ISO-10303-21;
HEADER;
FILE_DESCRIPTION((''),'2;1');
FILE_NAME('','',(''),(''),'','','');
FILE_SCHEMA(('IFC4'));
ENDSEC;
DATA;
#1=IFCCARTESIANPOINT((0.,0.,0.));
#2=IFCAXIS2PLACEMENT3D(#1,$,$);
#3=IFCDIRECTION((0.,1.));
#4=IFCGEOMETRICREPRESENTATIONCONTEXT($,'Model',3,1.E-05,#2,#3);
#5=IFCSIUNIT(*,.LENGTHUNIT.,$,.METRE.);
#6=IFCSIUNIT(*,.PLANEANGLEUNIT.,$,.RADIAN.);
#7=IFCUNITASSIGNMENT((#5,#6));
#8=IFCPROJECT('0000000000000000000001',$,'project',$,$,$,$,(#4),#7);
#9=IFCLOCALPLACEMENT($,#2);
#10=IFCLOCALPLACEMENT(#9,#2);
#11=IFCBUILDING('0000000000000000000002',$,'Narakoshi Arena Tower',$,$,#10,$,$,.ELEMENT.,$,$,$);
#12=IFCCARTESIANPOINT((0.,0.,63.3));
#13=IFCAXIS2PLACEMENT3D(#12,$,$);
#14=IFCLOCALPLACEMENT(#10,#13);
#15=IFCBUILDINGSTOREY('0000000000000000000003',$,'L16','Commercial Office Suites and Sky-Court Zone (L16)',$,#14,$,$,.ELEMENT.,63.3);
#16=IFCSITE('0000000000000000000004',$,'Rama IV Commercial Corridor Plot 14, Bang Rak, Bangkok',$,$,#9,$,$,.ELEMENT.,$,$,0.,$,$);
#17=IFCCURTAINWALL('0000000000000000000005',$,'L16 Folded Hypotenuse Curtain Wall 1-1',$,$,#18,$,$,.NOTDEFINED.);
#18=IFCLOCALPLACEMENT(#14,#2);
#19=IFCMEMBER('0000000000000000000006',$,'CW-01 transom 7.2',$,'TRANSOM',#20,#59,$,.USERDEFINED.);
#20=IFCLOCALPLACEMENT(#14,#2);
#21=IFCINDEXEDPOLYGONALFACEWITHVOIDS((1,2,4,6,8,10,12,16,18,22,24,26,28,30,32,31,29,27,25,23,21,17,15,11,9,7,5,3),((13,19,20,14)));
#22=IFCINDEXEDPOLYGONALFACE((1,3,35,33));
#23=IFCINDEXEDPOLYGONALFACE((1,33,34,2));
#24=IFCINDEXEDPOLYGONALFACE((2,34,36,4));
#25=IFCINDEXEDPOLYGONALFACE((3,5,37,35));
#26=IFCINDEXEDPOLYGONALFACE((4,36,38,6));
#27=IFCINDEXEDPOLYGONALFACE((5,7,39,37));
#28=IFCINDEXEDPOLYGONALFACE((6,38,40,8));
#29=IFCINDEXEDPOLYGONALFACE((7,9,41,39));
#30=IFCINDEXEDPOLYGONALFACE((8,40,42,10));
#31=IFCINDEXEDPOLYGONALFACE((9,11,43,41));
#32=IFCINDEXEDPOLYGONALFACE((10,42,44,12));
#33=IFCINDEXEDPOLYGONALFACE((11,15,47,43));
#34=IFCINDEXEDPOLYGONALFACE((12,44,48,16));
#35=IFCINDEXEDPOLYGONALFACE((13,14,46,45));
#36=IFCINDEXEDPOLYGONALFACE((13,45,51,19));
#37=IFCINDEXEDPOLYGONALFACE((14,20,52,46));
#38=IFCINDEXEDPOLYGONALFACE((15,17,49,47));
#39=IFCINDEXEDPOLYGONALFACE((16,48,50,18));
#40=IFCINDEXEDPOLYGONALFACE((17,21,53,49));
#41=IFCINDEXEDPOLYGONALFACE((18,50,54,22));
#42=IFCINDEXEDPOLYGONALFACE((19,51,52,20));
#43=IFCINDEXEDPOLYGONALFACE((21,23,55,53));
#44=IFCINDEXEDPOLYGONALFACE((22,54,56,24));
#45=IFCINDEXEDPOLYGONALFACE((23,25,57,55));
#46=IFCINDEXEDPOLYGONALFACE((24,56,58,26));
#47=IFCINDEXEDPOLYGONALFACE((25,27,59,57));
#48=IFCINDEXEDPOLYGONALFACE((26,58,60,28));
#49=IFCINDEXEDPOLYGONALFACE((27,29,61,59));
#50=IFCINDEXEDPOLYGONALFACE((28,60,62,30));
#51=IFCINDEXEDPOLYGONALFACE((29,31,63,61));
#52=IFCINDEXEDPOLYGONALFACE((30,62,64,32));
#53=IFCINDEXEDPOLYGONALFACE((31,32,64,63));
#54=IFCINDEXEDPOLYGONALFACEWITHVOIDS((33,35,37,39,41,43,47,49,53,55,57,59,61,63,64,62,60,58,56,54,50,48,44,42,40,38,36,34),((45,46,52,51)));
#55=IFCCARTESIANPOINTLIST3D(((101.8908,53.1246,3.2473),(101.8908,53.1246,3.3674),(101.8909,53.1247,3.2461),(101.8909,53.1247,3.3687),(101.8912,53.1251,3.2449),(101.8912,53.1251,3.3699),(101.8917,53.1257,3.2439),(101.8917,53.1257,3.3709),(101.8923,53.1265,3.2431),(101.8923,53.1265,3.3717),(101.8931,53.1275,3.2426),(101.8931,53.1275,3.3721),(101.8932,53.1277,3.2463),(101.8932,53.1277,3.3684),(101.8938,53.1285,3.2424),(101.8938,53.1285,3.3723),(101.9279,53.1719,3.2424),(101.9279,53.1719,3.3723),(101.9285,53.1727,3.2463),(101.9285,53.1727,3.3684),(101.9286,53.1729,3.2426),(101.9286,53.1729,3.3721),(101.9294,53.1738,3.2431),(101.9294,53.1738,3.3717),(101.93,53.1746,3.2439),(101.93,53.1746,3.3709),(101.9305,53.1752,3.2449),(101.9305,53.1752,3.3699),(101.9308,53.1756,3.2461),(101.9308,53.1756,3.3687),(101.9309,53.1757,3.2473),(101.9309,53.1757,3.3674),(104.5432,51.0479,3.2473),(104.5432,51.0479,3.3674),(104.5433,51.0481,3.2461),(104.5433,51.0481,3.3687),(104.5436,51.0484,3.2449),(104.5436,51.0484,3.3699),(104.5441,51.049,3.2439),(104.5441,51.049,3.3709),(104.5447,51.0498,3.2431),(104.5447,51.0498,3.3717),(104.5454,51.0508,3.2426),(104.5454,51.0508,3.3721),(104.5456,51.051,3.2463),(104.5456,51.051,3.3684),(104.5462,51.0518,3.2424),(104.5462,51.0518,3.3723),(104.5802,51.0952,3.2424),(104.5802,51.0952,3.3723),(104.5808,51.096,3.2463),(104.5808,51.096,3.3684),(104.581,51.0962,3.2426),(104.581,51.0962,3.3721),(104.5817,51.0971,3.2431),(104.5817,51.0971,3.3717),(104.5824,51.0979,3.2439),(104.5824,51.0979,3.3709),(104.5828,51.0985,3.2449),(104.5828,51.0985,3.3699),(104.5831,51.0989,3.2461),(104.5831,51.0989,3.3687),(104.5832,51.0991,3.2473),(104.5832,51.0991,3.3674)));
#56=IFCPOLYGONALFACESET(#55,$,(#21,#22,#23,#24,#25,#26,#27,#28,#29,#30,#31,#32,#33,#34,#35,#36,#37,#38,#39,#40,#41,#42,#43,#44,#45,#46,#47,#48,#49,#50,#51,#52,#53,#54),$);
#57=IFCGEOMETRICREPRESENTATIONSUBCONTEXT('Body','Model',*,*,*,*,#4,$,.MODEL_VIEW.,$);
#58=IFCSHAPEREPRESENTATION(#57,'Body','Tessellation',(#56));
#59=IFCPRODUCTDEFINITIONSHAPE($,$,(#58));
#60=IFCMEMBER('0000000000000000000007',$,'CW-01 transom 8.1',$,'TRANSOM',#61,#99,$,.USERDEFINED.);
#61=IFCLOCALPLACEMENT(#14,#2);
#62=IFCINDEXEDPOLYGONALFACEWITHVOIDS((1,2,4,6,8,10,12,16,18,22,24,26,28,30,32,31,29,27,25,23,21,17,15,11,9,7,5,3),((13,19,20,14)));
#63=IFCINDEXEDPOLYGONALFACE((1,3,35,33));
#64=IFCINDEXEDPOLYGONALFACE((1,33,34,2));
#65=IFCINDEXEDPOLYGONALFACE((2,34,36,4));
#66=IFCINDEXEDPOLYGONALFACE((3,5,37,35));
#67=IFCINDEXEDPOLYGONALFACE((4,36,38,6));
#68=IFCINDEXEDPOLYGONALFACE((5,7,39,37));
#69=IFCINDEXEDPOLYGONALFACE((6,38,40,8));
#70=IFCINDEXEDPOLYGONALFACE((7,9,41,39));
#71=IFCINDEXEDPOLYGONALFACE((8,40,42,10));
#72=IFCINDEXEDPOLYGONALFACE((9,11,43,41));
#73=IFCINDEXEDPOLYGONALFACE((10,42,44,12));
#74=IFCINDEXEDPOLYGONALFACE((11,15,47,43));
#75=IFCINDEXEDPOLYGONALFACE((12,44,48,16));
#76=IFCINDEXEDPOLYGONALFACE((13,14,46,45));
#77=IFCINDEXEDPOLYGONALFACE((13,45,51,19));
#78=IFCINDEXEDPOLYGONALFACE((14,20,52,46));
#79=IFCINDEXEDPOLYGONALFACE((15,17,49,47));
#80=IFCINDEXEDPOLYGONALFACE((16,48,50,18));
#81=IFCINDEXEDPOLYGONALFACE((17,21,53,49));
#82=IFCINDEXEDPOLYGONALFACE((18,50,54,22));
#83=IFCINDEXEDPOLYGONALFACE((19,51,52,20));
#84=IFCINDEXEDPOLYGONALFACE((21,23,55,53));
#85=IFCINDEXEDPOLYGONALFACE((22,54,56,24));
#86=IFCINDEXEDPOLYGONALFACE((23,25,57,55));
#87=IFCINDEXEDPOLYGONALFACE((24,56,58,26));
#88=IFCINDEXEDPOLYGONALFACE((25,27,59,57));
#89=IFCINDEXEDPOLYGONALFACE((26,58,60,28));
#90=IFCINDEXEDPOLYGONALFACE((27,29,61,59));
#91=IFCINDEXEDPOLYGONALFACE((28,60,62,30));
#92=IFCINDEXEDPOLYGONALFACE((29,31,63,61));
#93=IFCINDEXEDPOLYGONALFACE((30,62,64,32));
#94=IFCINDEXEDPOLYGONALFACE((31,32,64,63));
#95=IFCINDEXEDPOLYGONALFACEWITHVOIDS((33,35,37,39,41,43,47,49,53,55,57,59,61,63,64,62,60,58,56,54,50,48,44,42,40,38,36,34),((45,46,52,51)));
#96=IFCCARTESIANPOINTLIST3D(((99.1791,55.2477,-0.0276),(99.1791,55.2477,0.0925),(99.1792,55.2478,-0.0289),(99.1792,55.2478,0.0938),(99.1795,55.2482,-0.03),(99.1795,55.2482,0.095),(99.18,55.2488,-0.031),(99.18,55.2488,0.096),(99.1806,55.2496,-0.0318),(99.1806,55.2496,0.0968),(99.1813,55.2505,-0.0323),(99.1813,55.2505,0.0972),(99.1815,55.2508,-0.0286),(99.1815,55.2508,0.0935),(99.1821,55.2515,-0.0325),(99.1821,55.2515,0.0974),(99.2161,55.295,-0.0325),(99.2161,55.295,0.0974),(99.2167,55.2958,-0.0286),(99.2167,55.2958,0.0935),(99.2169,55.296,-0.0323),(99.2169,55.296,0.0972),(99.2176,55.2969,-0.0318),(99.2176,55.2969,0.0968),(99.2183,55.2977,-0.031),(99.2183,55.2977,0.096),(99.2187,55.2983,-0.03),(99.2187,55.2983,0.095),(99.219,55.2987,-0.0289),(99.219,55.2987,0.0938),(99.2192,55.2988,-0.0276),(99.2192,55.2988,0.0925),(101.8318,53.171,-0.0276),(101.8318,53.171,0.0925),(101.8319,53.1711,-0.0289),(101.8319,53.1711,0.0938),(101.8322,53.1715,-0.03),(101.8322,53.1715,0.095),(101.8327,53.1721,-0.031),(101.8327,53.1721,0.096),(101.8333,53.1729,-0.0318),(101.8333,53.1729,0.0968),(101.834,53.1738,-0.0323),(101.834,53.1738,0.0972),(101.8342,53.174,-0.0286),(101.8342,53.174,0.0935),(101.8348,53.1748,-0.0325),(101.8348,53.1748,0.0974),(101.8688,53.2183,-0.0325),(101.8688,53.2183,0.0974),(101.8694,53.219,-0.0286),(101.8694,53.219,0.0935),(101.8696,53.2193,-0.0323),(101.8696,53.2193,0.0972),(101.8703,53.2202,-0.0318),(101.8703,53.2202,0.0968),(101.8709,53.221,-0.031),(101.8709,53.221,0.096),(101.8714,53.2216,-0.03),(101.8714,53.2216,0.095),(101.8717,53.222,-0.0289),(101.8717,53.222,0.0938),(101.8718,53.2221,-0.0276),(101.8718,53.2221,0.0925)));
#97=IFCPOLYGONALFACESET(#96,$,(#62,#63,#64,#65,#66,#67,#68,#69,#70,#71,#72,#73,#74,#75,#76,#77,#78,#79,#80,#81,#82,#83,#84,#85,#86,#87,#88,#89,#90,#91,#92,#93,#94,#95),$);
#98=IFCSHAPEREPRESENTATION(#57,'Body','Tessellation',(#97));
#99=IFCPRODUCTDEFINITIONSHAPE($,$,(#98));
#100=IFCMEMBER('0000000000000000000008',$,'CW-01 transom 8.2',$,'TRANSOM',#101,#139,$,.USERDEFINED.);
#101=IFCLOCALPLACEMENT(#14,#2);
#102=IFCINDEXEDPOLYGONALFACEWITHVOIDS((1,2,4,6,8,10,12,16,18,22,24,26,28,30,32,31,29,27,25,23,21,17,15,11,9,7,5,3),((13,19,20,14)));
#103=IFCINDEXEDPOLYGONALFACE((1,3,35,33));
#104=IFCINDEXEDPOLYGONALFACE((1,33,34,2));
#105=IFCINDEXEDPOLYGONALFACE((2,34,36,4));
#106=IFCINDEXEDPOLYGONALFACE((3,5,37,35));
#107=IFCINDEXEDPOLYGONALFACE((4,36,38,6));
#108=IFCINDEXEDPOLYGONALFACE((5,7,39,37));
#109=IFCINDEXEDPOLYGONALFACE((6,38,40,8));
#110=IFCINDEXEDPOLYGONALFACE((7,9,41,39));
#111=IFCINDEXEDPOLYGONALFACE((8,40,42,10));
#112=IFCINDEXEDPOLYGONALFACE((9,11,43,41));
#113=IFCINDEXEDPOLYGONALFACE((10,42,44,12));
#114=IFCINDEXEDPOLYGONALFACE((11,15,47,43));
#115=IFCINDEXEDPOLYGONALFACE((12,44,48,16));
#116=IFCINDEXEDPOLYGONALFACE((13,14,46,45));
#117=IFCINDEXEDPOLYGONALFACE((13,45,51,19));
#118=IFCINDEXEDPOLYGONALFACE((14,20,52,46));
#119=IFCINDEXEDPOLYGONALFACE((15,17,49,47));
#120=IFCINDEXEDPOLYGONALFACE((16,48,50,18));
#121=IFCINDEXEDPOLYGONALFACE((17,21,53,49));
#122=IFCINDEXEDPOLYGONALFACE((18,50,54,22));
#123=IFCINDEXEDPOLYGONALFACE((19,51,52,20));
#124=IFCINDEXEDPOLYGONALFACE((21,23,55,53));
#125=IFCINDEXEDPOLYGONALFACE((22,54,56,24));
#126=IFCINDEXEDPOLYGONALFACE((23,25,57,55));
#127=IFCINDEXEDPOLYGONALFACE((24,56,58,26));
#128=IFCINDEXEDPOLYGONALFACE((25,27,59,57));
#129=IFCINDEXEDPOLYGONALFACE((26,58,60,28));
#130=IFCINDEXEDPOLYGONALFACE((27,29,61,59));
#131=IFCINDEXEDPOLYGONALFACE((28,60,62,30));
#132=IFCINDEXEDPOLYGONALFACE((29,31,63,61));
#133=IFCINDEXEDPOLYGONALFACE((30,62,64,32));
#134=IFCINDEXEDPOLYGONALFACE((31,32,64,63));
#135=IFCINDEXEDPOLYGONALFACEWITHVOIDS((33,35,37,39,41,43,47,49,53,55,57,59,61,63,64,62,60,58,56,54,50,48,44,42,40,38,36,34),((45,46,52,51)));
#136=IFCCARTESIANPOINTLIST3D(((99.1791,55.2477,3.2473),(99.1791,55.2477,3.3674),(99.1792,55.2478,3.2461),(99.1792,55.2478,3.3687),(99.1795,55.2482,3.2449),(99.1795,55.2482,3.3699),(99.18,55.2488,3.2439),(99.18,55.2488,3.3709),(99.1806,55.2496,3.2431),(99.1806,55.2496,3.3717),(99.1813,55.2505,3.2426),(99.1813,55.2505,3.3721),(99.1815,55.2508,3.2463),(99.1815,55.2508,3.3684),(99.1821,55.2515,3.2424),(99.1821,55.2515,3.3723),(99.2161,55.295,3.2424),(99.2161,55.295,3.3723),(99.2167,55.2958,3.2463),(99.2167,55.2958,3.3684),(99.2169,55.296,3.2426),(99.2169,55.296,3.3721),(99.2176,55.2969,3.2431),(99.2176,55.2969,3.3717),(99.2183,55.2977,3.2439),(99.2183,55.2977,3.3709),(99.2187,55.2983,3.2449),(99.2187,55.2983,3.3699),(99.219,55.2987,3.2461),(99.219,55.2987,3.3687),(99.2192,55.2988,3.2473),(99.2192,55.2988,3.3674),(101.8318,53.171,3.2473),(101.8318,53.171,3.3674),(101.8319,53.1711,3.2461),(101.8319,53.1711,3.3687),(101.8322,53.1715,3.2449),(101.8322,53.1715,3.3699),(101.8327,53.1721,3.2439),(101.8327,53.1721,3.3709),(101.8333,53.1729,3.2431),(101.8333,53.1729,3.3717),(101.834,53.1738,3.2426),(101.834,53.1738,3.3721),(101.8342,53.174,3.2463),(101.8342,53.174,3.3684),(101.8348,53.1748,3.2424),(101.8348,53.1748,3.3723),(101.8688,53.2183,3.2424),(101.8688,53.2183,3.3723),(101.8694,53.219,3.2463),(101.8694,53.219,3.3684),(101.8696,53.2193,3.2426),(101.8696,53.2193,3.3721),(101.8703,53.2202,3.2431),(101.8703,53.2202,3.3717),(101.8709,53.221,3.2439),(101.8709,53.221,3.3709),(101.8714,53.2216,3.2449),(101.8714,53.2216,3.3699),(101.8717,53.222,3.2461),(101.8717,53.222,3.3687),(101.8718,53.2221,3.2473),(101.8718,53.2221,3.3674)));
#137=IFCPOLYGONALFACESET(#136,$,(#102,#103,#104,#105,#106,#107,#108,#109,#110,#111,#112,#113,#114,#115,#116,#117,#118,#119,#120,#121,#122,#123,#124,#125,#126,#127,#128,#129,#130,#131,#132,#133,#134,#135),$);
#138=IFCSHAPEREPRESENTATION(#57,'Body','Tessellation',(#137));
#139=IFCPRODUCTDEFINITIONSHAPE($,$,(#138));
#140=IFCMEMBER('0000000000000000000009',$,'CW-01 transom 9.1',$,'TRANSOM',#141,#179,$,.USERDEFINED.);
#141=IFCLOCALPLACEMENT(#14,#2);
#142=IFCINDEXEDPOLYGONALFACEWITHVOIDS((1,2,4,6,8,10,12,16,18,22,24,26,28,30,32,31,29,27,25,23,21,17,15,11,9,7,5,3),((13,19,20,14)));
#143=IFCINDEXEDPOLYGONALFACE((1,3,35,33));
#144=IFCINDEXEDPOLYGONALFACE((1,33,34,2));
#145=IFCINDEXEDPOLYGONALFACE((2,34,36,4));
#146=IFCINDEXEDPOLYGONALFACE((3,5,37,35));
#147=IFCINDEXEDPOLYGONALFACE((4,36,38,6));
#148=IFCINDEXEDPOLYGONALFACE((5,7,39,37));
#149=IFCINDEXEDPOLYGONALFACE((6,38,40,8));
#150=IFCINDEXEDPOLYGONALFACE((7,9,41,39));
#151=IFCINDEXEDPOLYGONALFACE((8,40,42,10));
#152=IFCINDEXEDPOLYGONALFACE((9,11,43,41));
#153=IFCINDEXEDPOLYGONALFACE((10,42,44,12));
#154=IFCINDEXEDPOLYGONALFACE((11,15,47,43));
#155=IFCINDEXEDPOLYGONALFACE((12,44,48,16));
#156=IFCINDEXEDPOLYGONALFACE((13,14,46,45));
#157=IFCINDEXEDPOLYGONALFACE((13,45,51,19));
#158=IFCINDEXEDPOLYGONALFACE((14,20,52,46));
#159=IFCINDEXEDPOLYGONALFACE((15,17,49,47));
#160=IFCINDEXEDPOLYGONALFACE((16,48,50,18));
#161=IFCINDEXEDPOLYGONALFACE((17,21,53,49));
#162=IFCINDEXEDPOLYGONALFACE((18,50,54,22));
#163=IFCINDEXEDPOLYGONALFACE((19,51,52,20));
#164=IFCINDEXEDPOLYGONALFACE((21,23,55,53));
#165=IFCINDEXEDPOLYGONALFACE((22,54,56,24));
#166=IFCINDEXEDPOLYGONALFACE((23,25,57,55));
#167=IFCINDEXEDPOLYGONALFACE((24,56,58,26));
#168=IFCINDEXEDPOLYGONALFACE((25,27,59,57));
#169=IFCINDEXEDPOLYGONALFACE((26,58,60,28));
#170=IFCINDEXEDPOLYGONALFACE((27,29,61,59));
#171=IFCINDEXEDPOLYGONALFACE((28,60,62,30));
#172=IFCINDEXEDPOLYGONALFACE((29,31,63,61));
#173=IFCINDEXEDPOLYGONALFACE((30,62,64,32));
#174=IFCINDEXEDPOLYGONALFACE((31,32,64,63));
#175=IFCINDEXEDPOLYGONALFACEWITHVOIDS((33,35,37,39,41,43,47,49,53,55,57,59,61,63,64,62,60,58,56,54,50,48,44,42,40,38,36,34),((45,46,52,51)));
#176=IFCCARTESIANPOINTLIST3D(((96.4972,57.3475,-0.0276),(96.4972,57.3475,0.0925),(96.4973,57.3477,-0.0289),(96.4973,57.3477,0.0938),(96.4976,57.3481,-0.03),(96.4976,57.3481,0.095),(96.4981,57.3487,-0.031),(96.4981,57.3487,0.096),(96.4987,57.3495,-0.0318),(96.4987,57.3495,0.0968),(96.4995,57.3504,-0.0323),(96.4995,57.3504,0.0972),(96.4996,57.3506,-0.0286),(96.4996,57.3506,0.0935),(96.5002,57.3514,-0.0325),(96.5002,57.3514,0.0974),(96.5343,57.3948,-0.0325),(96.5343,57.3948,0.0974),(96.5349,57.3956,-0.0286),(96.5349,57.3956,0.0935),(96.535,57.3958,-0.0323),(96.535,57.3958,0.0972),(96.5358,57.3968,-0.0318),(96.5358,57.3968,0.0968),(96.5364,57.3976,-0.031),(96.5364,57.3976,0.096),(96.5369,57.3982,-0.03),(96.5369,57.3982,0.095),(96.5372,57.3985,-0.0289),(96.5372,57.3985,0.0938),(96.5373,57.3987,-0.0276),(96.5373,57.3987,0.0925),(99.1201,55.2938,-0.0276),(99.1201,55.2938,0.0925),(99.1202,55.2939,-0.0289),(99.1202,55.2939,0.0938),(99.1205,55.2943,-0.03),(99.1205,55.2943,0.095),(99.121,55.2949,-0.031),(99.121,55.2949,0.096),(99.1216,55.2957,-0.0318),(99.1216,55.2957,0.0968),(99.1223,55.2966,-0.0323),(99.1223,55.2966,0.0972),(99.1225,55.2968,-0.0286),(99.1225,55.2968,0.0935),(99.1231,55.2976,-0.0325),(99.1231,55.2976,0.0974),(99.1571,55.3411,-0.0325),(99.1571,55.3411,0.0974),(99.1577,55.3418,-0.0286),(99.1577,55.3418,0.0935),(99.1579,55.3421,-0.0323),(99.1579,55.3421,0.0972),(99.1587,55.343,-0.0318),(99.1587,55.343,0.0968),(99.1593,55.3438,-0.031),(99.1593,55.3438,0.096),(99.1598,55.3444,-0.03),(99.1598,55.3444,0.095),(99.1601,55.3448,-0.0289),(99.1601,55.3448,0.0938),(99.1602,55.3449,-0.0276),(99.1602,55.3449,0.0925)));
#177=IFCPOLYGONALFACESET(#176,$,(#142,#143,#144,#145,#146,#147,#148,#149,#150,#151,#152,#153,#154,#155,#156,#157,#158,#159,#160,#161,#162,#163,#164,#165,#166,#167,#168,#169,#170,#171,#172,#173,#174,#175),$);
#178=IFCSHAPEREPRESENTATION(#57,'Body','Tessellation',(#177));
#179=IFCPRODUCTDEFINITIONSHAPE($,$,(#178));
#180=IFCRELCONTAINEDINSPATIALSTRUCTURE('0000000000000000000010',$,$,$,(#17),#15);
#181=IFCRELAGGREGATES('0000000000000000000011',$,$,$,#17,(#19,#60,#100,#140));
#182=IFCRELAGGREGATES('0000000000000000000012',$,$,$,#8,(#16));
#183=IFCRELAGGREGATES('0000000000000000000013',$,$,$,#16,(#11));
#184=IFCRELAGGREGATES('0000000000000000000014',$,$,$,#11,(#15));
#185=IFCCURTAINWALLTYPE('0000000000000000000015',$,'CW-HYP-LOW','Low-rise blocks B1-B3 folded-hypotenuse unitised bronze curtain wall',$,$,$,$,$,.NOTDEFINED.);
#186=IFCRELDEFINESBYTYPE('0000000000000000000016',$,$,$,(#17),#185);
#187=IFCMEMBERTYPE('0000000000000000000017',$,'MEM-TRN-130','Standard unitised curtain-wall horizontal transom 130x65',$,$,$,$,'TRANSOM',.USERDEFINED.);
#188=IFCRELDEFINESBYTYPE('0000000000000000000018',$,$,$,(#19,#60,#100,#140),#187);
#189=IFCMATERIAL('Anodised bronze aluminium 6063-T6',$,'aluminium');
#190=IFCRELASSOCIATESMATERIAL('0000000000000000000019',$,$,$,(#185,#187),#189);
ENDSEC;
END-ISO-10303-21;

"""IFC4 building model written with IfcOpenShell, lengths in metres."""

from ifc_helpers import new_model, si_unit, direction, frame, origin, origin_2d, place, context, subcontext, project, spatial, hollow_rectangle, extrude, material, material_profile, profile_set, type_object, element, aggregate, save


model = new_model("IFC4")

# Units and contexts
model_context = context("Model", 3, precision=1e-05, world=origin(), true_north=direction((0.0, 1.0)))
body_context = subcontext(model_context, "Body", "Model", "MODEL_VIEW")
ifc_project = project(units=[si_unit("LENGTHUNIT", "METRE"), si_unit("PLANEANGLEUNIT", "RADIAN")], contexts=[model_context])

# Site, building, storey
site_placement = place(None, origin())
site = spatial("IfcSite", under=ifc_project, at=site_placement, Name="Rama IV Commercial Corridor Plot 14, Bang Rak, Bangkok", CompositionType="ELEMENT", RefElevation=0.0)
building_placement = place(site_placement, origin())
building = spatial("IfcBuilding", under=site, at=building_placement, Name="Narakoshi Arena Tower", CompositionType="ELEMENT")
storey_placement = place(building_placement, frame((0.0, 0.0, 63.3)))
storey = spatial("IfcBuildingStorey", under=building, at=storey_placement, Name="L16", Description="Commercial Office Suites and Sky-Court Zone (L16)", CompositionType="ELEMENT", Elevation=63.3)

# Curtain wall, members
ifc_material_1 = material(Name="Anodised bronze aluminium 6063-T6", Category="aluminium")
curtain_wall_type = type_object("IfcCurtainWallType", Name="CW-HYP-LOW", Description="Low-rise blocks B1-B3 folded-hypotenuse unitised bronze curtain wall", PredefinedType="NOTDEFINED", material=ifc_material_1)
curtain_wall_placement = place(storey_placement, origin())
curtain_wall = element("IfcCurtainWall", 1, at=curtain_wall_placement, inside=storey, type_object=curtain_wall_type, Name="L16 Folded Hypotenuse Curtain Wall 1-1", PredefinedType="NOTDEFINED")
ifc_material_profile_1 = material_profile(ifc_material_1, hollow_rectangle(XDim=0.0649, YDim=0.1299, WallThickness=0.0039, OuterFilletRadius=0.0049, at=origin_2d()), Name="TRN130x65x4")
ifc_profile_set_1 = profile_set([ifc_material_profile_1], Name="Anodised bronze aluminium 6063-T6")
member_type_1 = type_object("IfcMemberType", Name="MEM-TRN-130", Description="Standard unitised curtain-wall horizontal transom 130x65", ElementType="TRANSOM", PredefinedType="USERDEFINED", material=ifc_profile_set_1)
member_1_placement = place(storey_placement, frame((104.5632, 51.0735, 3.3074), z_axis=(-0.787373, 0.616476, 0.0), x_axis=(-0.616476, -0.787373, 0.0)))
member_1 = element("IfcMember", 2, at=member_1_placement, type_object=member_type_1, Name="CW-01 transom 7.2", ObjectType="TRANSOM", PredefinedType="USERDEFINED", context=body_context, shape_type="SweptSolid", body=[
    extrude(hollow_rectangle(XDim=0.0649, YDim=0.1299, WallThickness=0.0039, OuterFilletRadius=0.0049, at=origin_2d()), origin(), (0.0, 0.0, 1.0), 3.3687),
])
member_2_placement = place(storey_placement, frame((101.8518, 53.1965, 0.0325), z_axis=(-0.787401, 0.616441, 0.0), x_axis=(-0.616441, -0.787401, 0.0)))
member_2 = element("IfcMember", 3, at=member_2_placement, type_object=member_type_1, Name="CW-01 transom 8.1", ObjectType="TRANSOM", PredefinedType="USERDEFINED", context=body_context, shape_type="SweptSolid", body=[
    extrude(hollow_rectangle(XDim=0.0649, YDim=0.1299, WallThickness=0.0039, OuterFilletRadius=0.0049, at=origin_2d()), origin(), (0.0, 0.0, 1.0), 3.3689),
])
member_3_placement = place(storey_placement, frame((101.8518, 53.1965, 3.3074), z_axis=(-0.787401, 0.616441, 0.0), x_axis=(-0.616441, -0.787401, 0.0)))
member_3 = element("IfcMember", 4, at=member_3_placement, type_object=member_type_1, Name="CW-01 transom 8.2", ObjectType="TRANSOM", PredefinedType="USERDEFINED", context=body_context, shape_type="SweptSolid", body=[
    extrude(hollow_rectangle(XDim=0.0649, YDim=0.1299, WallThickness=0.0039, OuterFilletRadius=0.0049, at=origin_2d()), origin(), (0.0, 0.0, 1.0), 3.3689),
])
member_4_placement = place(storey_placement, frame((99.1401, 55.3193, 0.0325), z_axis=(-0.787347, 0.61651, 0.0), x_axis=(-0.61651, -0.787347, 0.0)))
member_4 = element("IfcMember", 5, at=member_4_placement, type_object=member_type_1, Name="CW-01 transom 9.1", ObjectType="TRANSOM", PredefinedType="USERDEFINED", context=body_context, shape_type="SweptSolid", body=[
    extrude(hollow_rectangle(XDim=0.0649, YDim=0.1299, WallThickness=0.0039, OuterFilletRadius=0.0049, at=origin_2d()), origin(), (0.0, 0.0, 1.0), 3.3313),
])
aggregate(curtain_wall, [member_1, member_2, member_3, member_4])

save(model, "model.ifc")
